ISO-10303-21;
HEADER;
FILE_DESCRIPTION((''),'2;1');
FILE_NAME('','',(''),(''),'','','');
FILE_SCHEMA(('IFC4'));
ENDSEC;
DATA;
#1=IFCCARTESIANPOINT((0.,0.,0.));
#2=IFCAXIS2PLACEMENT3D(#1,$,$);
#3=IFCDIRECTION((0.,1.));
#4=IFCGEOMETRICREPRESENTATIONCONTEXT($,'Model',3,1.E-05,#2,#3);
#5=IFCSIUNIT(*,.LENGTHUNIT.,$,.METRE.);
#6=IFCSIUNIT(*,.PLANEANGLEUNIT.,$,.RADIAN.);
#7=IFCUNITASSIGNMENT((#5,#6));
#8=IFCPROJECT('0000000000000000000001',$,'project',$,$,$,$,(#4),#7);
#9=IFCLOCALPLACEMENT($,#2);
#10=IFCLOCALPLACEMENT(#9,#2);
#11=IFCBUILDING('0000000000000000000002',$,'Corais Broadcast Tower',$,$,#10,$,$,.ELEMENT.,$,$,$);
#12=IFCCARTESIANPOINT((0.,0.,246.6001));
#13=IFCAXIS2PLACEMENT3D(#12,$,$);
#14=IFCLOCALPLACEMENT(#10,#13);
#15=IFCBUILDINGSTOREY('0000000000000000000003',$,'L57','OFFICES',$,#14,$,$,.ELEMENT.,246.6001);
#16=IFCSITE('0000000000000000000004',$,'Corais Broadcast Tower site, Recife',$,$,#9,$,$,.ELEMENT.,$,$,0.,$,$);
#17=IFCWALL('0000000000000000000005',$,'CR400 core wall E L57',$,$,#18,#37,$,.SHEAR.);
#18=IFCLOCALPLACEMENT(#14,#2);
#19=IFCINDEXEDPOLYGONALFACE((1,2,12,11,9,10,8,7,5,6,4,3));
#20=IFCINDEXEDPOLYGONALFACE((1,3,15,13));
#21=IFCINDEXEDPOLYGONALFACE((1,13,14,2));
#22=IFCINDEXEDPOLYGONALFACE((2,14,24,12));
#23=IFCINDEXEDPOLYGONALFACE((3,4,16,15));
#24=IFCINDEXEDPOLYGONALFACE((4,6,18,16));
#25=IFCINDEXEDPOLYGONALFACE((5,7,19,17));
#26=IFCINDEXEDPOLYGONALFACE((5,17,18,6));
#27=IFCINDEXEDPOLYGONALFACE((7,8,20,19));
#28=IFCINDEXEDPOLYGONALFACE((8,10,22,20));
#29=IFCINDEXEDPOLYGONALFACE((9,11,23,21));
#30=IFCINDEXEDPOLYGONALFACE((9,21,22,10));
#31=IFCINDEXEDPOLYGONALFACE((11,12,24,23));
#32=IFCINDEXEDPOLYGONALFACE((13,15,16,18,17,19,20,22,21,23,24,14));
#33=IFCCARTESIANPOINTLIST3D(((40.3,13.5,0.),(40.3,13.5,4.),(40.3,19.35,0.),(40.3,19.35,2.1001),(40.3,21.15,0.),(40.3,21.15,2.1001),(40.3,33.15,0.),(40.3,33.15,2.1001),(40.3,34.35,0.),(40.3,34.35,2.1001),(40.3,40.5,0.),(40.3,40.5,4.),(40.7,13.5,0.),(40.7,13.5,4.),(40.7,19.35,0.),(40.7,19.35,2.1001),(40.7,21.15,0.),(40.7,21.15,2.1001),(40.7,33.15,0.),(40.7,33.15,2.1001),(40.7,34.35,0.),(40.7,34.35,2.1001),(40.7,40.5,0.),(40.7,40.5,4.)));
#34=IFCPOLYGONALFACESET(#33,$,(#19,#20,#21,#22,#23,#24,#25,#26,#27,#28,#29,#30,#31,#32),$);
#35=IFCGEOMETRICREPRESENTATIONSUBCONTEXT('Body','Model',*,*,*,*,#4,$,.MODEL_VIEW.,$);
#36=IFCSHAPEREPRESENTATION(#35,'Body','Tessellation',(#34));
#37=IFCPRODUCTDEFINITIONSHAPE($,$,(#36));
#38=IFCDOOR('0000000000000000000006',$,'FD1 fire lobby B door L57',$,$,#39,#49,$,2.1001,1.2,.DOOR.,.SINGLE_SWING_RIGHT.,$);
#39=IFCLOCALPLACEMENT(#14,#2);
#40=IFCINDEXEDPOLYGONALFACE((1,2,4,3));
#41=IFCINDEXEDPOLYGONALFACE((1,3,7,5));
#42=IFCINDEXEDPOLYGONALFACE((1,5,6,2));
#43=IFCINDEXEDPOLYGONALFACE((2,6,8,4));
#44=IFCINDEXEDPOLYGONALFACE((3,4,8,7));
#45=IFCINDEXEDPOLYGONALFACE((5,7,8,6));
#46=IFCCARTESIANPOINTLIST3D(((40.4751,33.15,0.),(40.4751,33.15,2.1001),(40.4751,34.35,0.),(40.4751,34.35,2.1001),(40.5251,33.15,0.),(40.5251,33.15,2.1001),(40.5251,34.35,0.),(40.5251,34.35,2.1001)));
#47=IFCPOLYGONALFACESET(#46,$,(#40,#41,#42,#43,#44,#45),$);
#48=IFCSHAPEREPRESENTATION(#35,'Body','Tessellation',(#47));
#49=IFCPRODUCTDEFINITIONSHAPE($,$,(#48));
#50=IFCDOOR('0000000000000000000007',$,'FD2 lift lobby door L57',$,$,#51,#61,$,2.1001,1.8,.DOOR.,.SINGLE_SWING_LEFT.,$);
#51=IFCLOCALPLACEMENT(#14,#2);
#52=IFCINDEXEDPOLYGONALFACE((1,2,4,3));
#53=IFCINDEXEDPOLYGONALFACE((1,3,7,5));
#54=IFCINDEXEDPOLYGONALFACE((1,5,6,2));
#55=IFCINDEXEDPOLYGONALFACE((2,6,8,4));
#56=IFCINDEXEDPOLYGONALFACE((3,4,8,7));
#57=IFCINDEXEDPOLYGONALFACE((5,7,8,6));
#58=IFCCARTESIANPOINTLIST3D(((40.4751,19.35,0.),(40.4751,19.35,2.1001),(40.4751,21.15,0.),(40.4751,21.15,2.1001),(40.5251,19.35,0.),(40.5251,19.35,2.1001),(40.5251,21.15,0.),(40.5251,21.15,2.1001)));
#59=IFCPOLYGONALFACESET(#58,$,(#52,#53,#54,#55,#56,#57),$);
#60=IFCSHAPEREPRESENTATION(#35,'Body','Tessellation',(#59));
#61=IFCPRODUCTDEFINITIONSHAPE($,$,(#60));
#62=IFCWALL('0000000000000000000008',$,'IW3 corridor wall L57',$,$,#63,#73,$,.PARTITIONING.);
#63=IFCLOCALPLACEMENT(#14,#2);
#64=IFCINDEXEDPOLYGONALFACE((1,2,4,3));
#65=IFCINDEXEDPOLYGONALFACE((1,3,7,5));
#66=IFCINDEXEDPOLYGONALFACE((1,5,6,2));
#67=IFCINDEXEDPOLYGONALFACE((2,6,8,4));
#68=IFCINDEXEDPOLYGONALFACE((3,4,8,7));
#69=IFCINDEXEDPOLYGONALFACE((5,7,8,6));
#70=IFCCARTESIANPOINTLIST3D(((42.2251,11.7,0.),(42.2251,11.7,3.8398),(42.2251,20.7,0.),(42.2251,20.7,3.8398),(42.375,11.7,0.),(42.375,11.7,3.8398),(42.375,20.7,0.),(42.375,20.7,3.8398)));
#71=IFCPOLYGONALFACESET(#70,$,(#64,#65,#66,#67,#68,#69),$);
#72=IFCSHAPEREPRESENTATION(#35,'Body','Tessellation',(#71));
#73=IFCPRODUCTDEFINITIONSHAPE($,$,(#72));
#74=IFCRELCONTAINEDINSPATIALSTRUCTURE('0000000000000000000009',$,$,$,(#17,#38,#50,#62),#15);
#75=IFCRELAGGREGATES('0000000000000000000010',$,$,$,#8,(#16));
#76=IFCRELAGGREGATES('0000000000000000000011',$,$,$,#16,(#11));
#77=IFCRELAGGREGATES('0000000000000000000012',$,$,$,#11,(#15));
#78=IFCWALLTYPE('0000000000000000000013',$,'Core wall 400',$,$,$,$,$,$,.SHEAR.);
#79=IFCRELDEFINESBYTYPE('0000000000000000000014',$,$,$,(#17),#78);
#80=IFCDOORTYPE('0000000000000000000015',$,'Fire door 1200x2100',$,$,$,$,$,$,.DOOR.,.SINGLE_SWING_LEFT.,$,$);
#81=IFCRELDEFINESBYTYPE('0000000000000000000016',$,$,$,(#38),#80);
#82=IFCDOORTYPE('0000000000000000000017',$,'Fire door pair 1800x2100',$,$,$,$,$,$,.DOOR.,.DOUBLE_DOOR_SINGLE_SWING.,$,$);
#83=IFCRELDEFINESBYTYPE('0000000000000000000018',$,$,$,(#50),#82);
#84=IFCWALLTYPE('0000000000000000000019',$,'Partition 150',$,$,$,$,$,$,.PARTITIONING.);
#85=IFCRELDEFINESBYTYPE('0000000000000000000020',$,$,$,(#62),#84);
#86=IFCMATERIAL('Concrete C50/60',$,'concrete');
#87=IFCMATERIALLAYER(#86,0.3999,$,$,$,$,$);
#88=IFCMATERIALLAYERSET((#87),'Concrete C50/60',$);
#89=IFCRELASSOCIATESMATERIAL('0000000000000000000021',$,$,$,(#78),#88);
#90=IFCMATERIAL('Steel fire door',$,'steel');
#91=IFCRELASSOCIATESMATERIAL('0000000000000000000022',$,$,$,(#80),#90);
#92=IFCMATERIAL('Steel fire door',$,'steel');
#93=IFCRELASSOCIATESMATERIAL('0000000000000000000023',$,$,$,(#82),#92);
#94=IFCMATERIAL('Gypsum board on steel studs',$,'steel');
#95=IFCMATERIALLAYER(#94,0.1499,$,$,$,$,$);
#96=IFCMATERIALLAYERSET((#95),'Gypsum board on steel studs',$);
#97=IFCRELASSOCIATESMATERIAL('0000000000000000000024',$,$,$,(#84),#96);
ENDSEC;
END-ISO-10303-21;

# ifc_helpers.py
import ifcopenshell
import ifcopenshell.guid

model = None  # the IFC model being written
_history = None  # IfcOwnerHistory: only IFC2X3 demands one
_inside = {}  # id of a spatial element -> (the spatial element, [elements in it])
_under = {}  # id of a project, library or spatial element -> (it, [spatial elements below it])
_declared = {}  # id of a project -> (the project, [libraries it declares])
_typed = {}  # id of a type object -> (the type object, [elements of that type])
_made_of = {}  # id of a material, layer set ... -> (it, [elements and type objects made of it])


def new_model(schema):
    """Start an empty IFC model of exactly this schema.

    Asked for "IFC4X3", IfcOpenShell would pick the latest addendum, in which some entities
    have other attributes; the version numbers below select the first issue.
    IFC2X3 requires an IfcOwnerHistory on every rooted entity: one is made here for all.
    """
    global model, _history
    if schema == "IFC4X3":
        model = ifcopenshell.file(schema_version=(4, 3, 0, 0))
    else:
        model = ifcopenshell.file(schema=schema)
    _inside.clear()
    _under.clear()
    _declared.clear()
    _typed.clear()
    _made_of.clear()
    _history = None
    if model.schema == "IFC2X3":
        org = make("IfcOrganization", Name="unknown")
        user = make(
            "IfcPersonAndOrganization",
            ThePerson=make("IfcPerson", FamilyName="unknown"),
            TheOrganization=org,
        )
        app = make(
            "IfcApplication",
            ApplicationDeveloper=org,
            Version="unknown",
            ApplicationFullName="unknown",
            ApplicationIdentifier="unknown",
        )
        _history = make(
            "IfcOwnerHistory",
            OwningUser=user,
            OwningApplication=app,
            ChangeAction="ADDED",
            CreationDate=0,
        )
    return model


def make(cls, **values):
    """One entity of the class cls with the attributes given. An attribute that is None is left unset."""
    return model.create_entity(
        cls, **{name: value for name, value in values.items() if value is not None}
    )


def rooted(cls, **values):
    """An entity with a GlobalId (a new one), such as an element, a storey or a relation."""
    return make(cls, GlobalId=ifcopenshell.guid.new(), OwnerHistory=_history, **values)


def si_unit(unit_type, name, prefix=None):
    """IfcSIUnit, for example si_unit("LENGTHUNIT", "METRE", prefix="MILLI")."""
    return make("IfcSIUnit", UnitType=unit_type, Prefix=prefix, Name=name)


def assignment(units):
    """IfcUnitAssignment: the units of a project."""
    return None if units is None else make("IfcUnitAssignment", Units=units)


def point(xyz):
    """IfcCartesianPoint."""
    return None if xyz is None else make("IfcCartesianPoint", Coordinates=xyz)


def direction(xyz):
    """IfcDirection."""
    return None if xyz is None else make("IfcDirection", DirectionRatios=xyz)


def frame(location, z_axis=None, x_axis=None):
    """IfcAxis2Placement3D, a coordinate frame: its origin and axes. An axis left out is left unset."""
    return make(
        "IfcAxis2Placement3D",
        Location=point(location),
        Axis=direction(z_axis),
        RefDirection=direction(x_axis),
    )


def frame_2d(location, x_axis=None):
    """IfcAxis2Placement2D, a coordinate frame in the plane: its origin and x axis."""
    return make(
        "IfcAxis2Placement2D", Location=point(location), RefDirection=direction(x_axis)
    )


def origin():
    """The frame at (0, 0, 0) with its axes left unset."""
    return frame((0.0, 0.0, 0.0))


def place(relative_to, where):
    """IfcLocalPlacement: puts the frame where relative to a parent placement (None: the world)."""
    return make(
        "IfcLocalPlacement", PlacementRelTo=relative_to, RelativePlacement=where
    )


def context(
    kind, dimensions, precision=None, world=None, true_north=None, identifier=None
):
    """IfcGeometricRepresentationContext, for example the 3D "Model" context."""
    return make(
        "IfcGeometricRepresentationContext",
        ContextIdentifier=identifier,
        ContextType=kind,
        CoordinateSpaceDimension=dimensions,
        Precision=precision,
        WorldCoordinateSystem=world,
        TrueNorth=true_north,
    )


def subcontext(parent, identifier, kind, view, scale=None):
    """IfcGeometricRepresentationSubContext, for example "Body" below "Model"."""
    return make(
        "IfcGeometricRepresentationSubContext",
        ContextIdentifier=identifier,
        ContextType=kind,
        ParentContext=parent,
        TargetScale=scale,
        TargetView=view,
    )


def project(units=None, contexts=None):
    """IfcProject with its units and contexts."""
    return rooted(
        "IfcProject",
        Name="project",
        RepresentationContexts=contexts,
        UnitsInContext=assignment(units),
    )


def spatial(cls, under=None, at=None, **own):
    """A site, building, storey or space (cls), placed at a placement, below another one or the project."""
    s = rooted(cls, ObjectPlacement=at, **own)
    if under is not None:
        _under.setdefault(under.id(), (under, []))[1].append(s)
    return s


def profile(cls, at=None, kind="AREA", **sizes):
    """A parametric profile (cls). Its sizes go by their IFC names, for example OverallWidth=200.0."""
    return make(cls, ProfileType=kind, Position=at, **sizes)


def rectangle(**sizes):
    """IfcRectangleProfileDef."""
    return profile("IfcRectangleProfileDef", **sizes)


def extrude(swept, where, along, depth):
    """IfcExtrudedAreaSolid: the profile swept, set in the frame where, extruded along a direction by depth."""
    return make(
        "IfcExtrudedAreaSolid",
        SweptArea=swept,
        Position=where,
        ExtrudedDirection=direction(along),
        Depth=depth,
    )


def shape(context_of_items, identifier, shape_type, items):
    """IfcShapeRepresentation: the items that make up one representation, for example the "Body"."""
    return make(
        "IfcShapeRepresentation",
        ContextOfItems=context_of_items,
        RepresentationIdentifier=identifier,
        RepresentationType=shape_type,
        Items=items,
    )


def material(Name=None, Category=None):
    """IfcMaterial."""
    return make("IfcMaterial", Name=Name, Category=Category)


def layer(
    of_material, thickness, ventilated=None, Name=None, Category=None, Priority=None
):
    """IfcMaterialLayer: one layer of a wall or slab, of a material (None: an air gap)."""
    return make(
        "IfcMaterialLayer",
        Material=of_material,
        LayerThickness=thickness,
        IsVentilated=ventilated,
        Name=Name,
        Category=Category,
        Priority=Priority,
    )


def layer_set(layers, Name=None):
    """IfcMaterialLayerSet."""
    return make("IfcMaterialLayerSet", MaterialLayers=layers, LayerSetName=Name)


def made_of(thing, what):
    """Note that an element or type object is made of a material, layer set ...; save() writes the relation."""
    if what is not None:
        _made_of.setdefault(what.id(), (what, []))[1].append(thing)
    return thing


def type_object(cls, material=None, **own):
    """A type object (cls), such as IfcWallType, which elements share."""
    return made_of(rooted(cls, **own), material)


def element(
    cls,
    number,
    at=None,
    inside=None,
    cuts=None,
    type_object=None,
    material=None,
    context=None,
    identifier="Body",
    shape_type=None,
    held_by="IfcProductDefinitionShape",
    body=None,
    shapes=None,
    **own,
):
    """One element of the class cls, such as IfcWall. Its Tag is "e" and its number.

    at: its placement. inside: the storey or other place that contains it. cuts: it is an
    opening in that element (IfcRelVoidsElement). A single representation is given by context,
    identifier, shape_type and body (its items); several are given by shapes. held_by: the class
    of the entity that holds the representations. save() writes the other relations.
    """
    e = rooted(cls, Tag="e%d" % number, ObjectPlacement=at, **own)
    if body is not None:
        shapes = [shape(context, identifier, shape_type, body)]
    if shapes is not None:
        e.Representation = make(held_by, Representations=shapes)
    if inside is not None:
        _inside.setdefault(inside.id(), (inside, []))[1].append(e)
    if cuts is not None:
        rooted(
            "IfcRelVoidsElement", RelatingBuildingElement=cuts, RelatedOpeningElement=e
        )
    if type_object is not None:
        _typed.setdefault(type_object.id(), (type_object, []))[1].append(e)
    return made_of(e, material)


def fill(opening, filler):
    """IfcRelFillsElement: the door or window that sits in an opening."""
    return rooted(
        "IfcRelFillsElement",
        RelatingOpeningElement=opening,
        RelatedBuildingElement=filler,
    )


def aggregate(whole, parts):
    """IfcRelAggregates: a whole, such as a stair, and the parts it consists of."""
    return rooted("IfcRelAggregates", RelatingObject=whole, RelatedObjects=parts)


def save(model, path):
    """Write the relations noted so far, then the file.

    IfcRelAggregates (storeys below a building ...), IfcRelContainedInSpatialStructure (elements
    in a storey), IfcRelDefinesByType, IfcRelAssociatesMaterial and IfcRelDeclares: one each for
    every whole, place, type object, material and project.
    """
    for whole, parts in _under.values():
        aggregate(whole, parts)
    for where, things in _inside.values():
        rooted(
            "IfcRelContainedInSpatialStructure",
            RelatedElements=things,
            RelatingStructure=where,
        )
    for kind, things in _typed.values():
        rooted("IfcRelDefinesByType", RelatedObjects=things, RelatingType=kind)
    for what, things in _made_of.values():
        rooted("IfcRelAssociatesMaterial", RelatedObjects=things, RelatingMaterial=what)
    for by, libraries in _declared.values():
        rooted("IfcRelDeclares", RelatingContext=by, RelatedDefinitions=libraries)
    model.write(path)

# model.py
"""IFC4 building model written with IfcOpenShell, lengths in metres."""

from ifc_helpers import new_model, si_unit, direction, frame, frame_2d, origin, place, context, subcontext, project, spatial, rectangle, extrude, material, layer, layer_set, type_object, element, fill, save


model = new_model("IFC4")

# Units and contexts
model_context = context("Model", 3, precision=1e-05, world=origin(), true_north=direction((0.0, 1.0)))
body_context = subcontext(model_context, "Body", "Model", "MODEL_VIEW")
ifc_project = project(units=[si_unit("LENGTHUNIT", "METRE"), si_unit("PLANEANGLEUNIT", "RADIAN")], contexts=[model_context])

# Site, building, storey
site_placement = place(None, origin())
site = spatial("IfcSite", under=ifc_project, at=site_placement, Name="Corais Broadcast Tower site, Recife", CompositionType="ELEMENT", RefElevation=0.0)
building_placement = place(site_placement, origin())
building = spatial("IfcBuilding", under=site, at=building_placement, Name="Corais Broadcast Tower", CompositionType="ELEMENT")
storey_placement = place(building_placement, frame((0.0, 0.0, 246.6001)))
storey = spatial("IfcBuildingStorey", under=building, at=storey_placement, Name="L57", Description="OFFICES", CompositionType="ELEMENT", Elevation=246.6001)

# Wall, openings, doors
ifc_material_1 = material(Name="Concrete C50/60", Category="concrete")
ifc_layer_1 = layer(ifc_material_1, 0.3999)
ifc_layer_set_1 = layer_set([ifc_layer_1], Name="Concrete C50/60")
wall_type_1 = type_object("IfcWallType", Name="Core wall 400", PredefinedType="SHEAR", material=ifc_layer_set_1)
wall_1_placement = place(storey_placement, frame((40.5, 13.5, 0.0), z_axis=(0.0, 0.0, 1.0), x_axis=(0.0, 1.0, 0.0)))
wall_1 = element("IfcWall", 1, at=wall_1_placement, inside=storey, type_object=wall_type_1, Name="CR400 core wall E L57", PredefinedType="SHEAR", context=body_context, shape_type="SweptSolid", body=[
    extrude(rectangle(XDim=27.0, YDim=0.3999, at=frame_2d((13.5, 0.0))), origin(), (0.0, 0.0, 1.0), 4.0),
])
opening_1_placement = place(wall_1_placement, frame((5.8501, 0.0, 0.0)))
opening_1 = element("IfcOpeningElement", 2, at=opening_1_placement, cuts=wall_1, PredefinedType="OPENING", context=body_context, shape_type="SweptSolid", body=[
    extrude(rectangle(XDim=1.8, YDim=2.1001, at=frame_2d((0.8999, 1.05))), frame((0.0, 0.21, 0.0), z_axis=(0.0, -1.0, 0.0), x_axis=(1.0, 0.0, 0.0)), (0.0, 0.0, 1.0), 0.4199),
])
opening_2_placement = place(wall_1_placement, frame((19.6499, 0.0, 0.0)))
opening_2 = element("IfcOpeningElement", 3, at=opening_2_placement, cuts=wall_1, PredefinedType="OPENING", context=body_context, shape_type="SweptSolid", body=[
    extrude(rectangle(XDim=1.2, YDim=2.1001, at=frame_2d((0.6001, 1.05))), frame((0.0, 0.21, 0.0), z_axis=(0.0, -1.0, 0.0), x_axis=(1.0, 0.0, 0.0)), (0.0, 0.0, 1.0), 0.4199),
])
ifc_material_2 = material(Name="Steel fire door", Category="steel")
door_type_1 = type_object("IfcDoorType", Name="Fire door 1200x2100", OperationType="SINGLE_SWING_LEFT", PredefinedType="DOOR", material=ifc_material_2)
door_1_placement = place(opening_2_placement, origin())
door_1 = element("IfcDoor", 4, at=door_1_placement, inside=storey, type_object=door_type_1, Name="FD1 fire lobby B door L57", OperationType="SINGLE_SWING_RIGHT", OverallHeight=2.1001, OverallWidth=1.2, PredefinedType="DOOR", context=body_context, shape_type="SweptSolid", body=[
    extrude(rectangle(XDim=1.2, YDim=2.1001, at=frame_2d((0.6001, 1.05))), frame((0.0, 0.0249, 0.0), z_axis=(0.0, -1.0, 0.0), x_axis=(1.0, 0.0, 0.0)), (0.0, 0.0, 1.0), 0.05),
])
fill(opening_2, door_1)
ifc_material_3 = material(Name="Steel fire door", Category="steel")
door_type_2 = type_object("IfcDoorType", Name="Fire door pair 1800x2100", OperationType="DOUBLE_DOOR_SINGLE_SWING", PredefinedType="DOOR", material=ifc_material_3)
door_2_placement = place(opening_1_placement, origin())
door_2 = element("IfcDoor", 5, at=door_2_placement, inside=storey, type_object=door_type_2, Name="FD2 lift lobby door L57", OperationType="SINGLE_SWING_LEFT", OverallHeight=2.1001, OverallWidth=1.8, PredefinedType="DOOR", context=body_context, shape_type="SweptSolid", body=[
    extrude(rectangle(XDim=1.8, YDim=2.1001, at=frame_2d((0.8999, 1.05))), frame((0.0, 0.0249, 0.0), z_axis=(0.0, -1.0, 0.0), x_axis=(1.0, 0.0, 0.0)), (0.0, 0.0, 1.0), 0.05),
])
fill(opening_1, door_2)

# Wall
ifc_material_4 = material(Name="Gypsum board on steel studs", Category="steel")
ifc_layer_2 = layer(ifc_material_4, 0.1499)
ifc_layer_set_2 = layer_set([ifc_layer_2], Name="Gypsum board on steel studs")
wall_type_2 = type_object("IfcWallType", Name="Partition 150", PredefinedType="PARTITIONING", material=ifc_layer_set_2)
wall_2_placement = place(storey_placement, frame((42.3, 11.7, 0.0), z_axis=(0.0, 0.0, 1.0), x_axis=(0.0, 1.0, 0.0)))
element("IfcWall", 6, at=wall_2_placement, inside=storey, type_object=wall_type_2, Name="IW3 corridor wall L57", PredefinedType="PARTITIONING", context=body_context, shape_type="SweptSolid", body=[
    extrude(rectangle(XDim=9.0, YDim=0.1499, at=frame_2d((4.5, 0.0))), origin(), (0.0, 0.0, 1.0), 3.8398),
])

save(model, "model.ifc")
